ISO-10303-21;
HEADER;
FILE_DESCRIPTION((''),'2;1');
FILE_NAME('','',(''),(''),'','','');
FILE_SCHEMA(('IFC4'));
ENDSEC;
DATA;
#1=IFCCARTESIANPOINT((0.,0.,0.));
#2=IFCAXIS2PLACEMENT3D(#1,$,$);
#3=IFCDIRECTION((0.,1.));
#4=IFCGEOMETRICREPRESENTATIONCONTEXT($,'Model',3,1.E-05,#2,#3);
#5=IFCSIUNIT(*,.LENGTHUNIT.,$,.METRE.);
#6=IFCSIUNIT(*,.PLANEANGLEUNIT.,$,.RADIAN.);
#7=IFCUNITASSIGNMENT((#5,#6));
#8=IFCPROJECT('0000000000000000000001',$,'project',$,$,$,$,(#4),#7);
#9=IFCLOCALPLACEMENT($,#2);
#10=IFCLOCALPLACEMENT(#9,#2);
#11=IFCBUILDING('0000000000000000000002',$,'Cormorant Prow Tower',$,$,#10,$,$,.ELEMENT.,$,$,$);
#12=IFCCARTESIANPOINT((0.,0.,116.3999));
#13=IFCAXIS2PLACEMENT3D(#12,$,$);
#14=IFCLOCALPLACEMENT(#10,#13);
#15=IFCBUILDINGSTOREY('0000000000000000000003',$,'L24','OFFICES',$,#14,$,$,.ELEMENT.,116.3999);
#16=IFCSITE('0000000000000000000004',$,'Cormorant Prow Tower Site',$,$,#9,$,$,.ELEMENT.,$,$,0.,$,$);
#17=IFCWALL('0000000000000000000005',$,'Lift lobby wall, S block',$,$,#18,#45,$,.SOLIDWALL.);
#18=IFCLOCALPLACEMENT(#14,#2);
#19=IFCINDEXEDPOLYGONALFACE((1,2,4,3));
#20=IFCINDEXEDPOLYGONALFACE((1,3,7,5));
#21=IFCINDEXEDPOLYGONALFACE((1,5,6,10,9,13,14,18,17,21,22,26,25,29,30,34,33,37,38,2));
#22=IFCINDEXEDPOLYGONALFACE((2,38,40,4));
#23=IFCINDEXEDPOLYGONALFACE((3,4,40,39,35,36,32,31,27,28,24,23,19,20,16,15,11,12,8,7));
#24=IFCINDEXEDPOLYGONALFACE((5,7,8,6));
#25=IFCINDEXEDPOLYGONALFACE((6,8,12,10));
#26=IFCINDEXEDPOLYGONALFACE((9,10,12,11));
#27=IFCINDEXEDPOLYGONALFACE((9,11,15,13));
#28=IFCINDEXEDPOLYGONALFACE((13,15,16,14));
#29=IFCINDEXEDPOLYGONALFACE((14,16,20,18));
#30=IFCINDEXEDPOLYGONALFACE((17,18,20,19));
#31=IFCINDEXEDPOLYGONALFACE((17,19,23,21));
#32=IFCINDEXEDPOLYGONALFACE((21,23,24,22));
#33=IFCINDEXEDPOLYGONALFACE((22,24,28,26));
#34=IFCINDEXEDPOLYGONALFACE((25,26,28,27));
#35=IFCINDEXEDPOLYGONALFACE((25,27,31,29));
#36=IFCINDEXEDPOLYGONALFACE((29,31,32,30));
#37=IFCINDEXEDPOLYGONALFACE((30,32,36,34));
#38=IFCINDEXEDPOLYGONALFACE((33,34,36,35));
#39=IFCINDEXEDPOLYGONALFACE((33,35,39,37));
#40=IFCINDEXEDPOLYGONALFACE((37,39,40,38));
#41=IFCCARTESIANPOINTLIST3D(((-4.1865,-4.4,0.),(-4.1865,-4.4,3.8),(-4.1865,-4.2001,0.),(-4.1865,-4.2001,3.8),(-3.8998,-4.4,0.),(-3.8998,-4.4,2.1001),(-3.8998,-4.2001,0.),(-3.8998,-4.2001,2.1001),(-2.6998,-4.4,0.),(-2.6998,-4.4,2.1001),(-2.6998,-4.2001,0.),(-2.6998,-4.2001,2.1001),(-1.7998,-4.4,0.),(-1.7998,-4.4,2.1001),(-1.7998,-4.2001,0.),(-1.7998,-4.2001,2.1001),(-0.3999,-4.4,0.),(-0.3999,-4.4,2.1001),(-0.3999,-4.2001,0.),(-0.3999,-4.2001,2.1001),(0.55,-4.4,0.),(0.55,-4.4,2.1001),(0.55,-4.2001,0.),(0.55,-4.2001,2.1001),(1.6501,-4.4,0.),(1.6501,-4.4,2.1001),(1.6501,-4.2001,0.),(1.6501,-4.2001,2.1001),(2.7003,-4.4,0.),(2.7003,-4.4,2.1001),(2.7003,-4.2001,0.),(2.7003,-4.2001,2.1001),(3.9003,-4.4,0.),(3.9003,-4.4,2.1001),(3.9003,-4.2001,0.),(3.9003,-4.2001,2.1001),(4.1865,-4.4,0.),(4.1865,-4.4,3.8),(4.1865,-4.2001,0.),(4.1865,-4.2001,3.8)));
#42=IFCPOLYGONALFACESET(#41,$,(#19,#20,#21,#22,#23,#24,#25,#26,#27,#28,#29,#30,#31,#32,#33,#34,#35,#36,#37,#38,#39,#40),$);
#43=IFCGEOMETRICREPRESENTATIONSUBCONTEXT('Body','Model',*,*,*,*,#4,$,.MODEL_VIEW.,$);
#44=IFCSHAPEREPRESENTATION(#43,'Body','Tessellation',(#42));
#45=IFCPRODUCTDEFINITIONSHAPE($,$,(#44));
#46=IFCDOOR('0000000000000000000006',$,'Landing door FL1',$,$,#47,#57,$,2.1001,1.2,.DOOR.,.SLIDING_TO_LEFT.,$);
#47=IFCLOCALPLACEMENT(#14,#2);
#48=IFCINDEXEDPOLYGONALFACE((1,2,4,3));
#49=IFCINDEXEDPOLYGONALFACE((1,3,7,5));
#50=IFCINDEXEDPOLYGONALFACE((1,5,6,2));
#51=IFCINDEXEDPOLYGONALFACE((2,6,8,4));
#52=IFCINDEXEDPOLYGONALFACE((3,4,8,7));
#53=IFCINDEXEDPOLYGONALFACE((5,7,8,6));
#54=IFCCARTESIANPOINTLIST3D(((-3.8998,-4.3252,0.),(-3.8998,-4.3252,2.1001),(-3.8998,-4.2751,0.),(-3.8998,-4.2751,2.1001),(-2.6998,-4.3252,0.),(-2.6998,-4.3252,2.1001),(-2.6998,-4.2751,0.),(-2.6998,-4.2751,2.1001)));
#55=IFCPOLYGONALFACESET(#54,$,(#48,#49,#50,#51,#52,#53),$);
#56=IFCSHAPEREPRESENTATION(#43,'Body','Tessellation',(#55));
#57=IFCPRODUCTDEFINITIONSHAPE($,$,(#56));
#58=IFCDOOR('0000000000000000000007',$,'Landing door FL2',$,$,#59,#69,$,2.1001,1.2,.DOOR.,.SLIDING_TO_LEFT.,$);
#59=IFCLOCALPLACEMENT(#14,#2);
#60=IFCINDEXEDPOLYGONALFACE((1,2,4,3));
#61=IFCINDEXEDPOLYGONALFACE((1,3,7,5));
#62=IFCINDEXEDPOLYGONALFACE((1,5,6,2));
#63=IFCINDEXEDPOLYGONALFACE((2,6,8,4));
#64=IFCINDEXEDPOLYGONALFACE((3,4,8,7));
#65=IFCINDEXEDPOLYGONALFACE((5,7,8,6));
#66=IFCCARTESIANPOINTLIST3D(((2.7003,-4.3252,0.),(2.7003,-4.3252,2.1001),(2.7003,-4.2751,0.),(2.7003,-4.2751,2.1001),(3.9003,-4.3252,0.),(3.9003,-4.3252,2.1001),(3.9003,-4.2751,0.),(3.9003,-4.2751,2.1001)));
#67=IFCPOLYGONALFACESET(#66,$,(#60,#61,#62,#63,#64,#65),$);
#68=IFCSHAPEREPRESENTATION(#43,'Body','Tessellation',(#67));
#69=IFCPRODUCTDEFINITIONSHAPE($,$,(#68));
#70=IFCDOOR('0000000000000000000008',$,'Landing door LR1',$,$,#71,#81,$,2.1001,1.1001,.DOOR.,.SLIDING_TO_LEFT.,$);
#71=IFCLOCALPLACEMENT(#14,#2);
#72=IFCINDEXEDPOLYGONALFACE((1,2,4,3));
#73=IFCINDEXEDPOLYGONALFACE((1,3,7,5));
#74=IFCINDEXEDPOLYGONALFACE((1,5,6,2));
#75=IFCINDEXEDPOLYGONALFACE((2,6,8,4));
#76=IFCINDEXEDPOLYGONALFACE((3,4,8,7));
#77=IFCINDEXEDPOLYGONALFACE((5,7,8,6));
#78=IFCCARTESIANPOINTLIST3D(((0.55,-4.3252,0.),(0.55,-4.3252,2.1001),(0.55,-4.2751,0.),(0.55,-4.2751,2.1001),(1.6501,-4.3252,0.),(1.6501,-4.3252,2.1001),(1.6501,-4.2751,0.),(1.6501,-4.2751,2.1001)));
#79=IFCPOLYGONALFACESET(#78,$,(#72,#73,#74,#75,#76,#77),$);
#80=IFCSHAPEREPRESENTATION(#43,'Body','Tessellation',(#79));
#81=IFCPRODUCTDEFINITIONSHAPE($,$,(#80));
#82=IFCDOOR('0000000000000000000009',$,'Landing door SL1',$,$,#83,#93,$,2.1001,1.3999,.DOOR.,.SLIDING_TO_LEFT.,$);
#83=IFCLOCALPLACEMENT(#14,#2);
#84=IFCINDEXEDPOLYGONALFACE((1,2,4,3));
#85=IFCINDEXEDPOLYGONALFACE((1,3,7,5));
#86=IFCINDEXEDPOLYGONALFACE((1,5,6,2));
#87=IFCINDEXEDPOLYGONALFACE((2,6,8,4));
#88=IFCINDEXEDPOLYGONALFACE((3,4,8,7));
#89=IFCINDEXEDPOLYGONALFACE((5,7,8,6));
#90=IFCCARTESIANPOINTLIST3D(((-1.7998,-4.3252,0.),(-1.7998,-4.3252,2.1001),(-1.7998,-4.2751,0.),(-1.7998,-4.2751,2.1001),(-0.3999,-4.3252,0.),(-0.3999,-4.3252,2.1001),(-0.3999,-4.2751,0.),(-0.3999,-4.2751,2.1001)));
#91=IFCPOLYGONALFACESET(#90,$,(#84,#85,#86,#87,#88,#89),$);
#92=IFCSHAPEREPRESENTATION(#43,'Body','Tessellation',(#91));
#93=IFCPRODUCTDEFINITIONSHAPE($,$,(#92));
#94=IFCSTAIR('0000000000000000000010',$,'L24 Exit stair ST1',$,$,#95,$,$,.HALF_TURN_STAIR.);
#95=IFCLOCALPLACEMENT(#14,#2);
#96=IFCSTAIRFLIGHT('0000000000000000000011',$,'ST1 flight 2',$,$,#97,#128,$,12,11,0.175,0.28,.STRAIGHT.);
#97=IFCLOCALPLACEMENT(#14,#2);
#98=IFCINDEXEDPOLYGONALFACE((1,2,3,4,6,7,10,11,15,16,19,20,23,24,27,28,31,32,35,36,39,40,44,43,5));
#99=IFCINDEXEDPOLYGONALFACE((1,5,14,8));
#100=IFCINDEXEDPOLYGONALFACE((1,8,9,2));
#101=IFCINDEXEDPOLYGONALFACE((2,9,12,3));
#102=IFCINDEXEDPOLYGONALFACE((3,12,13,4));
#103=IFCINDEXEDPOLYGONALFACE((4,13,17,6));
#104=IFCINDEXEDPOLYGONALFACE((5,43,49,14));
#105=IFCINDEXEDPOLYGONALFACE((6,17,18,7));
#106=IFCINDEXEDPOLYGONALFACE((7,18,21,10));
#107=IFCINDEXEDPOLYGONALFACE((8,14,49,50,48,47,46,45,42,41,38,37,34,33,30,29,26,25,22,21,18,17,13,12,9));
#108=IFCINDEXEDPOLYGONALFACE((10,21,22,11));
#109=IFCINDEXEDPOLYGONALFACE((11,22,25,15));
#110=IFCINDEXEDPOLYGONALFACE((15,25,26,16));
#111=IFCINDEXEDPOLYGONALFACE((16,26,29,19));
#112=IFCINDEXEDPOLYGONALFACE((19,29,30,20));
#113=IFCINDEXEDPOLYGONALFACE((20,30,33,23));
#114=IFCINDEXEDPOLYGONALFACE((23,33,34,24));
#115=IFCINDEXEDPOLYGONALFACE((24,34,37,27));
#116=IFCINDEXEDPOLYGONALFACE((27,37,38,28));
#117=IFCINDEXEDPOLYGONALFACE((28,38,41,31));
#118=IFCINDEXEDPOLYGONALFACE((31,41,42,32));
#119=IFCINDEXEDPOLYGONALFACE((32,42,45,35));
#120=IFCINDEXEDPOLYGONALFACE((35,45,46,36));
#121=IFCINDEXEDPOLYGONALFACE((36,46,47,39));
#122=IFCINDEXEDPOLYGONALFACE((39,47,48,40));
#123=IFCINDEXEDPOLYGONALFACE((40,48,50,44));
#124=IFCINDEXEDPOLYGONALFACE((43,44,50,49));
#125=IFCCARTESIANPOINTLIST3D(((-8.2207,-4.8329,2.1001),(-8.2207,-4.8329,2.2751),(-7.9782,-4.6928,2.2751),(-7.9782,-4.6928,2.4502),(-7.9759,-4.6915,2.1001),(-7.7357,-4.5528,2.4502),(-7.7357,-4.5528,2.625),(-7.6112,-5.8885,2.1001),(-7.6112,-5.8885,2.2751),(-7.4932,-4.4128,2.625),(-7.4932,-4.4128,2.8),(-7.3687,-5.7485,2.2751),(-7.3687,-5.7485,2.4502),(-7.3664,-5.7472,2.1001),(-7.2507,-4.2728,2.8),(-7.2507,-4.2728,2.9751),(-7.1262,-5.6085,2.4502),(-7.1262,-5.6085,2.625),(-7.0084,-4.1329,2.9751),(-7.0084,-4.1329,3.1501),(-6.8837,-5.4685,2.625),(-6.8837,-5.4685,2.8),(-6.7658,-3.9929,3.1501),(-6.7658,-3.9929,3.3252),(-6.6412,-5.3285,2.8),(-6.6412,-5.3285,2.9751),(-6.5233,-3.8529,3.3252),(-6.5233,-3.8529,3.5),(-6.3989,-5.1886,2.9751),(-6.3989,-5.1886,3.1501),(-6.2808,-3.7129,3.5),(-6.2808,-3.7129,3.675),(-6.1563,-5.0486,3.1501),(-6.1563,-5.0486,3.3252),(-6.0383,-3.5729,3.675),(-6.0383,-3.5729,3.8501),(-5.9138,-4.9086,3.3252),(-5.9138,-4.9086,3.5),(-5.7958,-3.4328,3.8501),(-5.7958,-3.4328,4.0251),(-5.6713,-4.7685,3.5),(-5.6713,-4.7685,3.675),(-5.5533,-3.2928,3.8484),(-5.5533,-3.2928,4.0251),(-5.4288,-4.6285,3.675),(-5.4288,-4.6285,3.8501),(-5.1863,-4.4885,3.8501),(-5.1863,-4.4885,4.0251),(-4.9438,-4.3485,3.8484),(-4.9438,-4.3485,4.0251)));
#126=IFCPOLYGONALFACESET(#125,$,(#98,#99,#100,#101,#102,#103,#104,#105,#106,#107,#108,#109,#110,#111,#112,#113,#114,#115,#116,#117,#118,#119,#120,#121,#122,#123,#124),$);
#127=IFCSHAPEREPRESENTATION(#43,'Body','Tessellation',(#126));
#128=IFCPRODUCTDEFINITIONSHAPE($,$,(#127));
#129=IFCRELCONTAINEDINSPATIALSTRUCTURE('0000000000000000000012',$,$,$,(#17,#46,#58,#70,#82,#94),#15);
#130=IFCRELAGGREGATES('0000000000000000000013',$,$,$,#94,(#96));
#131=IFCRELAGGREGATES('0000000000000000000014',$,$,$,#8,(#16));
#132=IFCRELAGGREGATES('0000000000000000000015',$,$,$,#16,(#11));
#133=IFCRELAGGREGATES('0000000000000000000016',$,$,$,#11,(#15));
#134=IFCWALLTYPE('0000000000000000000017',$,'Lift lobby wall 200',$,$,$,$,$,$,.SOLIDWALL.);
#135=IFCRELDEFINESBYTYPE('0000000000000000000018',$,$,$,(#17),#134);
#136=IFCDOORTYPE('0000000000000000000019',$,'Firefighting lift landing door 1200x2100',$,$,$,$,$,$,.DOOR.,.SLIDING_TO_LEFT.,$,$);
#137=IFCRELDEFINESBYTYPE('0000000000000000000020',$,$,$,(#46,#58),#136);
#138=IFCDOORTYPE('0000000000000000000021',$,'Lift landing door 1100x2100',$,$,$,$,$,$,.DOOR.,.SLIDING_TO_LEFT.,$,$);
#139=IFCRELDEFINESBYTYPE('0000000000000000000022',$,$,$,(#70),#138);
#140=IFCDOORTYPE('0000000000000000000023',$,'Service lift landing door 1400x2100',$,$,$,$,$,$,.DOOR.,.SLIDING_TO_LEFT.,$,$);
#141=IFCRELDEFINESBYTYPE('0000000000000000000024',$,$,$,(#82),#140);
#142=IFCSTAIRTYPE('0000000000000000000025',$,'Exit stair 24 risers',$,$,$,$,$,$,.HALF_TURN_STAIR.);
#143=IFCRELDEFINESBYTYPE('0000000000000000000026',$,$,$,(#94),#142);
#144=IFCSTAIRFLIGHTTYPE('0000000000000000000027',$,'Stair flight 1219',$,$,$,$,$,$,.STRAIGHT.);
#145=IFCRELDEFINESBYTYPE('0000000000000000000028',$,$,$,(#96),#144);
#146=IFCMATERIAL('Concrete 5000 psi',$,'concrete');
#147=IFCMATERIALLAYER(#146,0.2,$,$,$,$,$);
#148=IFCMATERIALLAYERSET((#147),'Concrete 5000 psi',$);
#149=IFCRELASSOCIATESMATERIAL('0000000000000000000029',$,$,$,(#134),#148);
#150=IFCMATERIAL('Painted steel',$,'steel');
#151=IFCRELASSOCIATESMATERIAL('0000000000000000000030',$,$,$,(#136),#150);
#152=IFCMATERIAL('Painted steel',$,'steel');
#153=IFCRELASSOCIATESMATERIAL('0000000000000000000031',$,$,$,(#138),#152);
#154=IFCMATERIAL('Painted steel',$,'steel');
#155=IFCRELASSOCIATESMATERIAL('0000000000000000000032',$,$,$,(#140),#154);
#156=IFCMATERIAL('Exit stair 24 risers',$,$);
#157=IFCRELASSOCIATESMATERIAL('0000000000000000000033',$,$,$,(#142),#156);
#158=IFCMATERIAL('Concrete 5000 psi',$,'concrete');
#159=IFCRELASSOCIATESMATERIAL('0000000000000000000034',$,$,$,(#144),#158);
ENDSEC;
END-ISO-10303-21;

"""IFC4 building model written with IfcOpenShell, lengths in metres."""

from ifc_helpers import new_model, si_unit, direction, frame, frame_2d, origin, place, context, subcontext, project, spatial, polyline, rectangle, outline, extrude, material, layer, layer_set, type_object, element, fill, aggregate, save


model = new_model("IFC4")

# Units and contexts
model_context = context("Model", 3, precision=1e-05, world=origin(), true_north=direction((0.0, 1.0)))
body_context = subcontext(model_context, "Body", "Model", "MODEL_VIEW")
ifc_project = project(units=[si_unit("LENGTHUNIT", "METRE"), si_unit("PLANEANGLEUNIT", "RADIAN")], contexts=[model_context])

# Site, building, storey
site_placement = place(None, origin())
site = spatial("IfcSite", under=ifc_project, at=site_placement, Name="Cormorant Prow Tower Site", CompositionType="ELEMENT", RefElevation=0.0)
building_placement = place(site_placement, origin())
building = spatial("IfcBuilding", under=site, at=building_placement, Name="Cormorant Prow Tower", CompositionType="ELEMENT")
storey_placement = place(building_placement, frame((0.0, 0.0, 116.3999)))
storey = spatial("IfcBuildingStorey", under=building, at=storey_placement, Name="L24", Description="OFFICES", CompositionType="ELEMENT", Elevation=116.3999)

# Wall, openings, doors
ifc_material_1 = material(Name="Concrete 5000 psi", Category="concrete")
ifc_layer_1 = layer(ifc_material_1, 0.2)
ifc_layer_set_1 = layer_set([ifc_layer_1], Name="Concrete 5000 psi")
wall_type_1 = type_object("IfcWallType", Name="Lift lobby wall 200", PredefinedType="SOLIDWALL", material=ifc_layer_set_1)
wall_1_placement = place(storey_placement, frame((-4.1865, -4.3, 0.0), z_axis=(0.0, 0.0, 1.0), x_axis=(1.0, 0.0, 0.0)))
wall_1 = element("IfcWall", 1, at=wall_1_placement, inside=storey, type_object=wall_type_1, Name="Lift lobby wall, S block", PredefinedType="SOLIDWALL", context=body_context, shape_type="SweptSolid", body=[
    extrude(rectangle(XDim=8.373, YDim=0.2, at=frame_2d((4.1865, 0.0))), origin(), (0.0, 0.0, 1.0), 3.8),
])
opening_1_placement = place(wall_1_placement, frame((0.2866, 0.0, 0.0)))
opening_1 = element("IfcOpeningElement", 2, at=opening_1_placement, cuts=wall_1, PredefinedType="OPENING", context=body_context, shape_type="SweptSolid", body=[
    extrude(rectangle(XDim=1.2, YDim=2.1001, at=frame_2d((0.6001, 1.05))), frame((0.0, 0.1099, 0.0), z_axis=(0.0, -1.0, 0.0), x_axis=(1.0, 0.0, 0.0)), (0.0, 0.0, 1.0), 0.22),
])
opening_2_placement = place(wall_1_placement, frame((2.3867, 0.0, 0.0)))
opening_2 = element("IfcOpeningElement", 3, at=opening_2_placement, cuts=wall_1, PredefinedType="OPENING", context=body_context, shape_type="SweptSolid", body=[
    extrude(rectangle(XDim=1.3999, YDim=2.1001, at=frame_2d((0.7, 1.05))), frame((0.0, 0.1099, 0.0), z_axis=(0.0, -1.0, 0.0), x_axis=(1.0, 0.0, 0.0)), (0.0, 0.0, 1.0), 0.22),
])
opening_3_placement = place(wall_1_placement, frame((4.7366, 0.0, 0.0)))
opening_3 = element("IfcOpeningElement", 4, at=opening_3_placement, cuts=wall_1, PredefinedType="OPENING", context=body_context, shape_type="SweptSolid", body=[
    extrude(rectangle(XDim=1.1001, YDim=2.1001, at=frame_2d((0.55, 1.05))), frame((0.0, 0.1099, 0.0), z_axis=(0.0, -1.0, 0.0), x_axis=(1.0, 0.0, 0.0)), (0.0, 0.0, 1.0), 0.22),
])
opening_4_placement = place(wall_1_placement, frame((6.8867, 0.0, 0.0)))
opening_4 = element("IfcOpeningElement", 5, at=opening_4_placement, cuts=wall_1, PredefinedType="OPENING", context=body_context, shape_type="SweptSolid", body=[
    extrude(rectangle(XDim=1.2, YDim=2.1001, at=frame_2d((0.6001, 1.05))), frame((0.0, 0.1099, 0.0), z_axis=(0.0, -1.0, 0.0), x_axis=(1.0, 0.0, 0.0)), (0.0, 0.0, 1.0), 0.22),
])
ifc_material_2 = material(Name="Painted steel", Category="steel")
door_type_1 = type_object("IfcDoorType", Name="Firefighting lift landing door 1200x2100", OperationType="SLIDING_TO_LEFT", PredefinedType="DOOR", material=ifc_material_2)
door_1_placement = place(opening_1_placement, origin())
door_1 = element("IfcDoor", 6, at=door_1_placement, inside=storey, type_object=door_type_1, Name="Landing door FL1", OperationType="SLIDING_TO_LEFT", OverallHeight=2.1001, OverallWidth=1.2, PredefinedType="DOOR", context=body_context, shape_type="SweptSolid", body=[
    extrude(rectangle(XDim=1.2, YDim=2.1001, at=frame_2d((0.6001, 1.05))), frame((0.0, 0.0249, 0.0), z_axis=(0.0, -1.0, 0.0), x_axis=(1.0, 0.0, 0.0)), (0.0, 0.0, 1.0), 0.05),
])
fill(opening_1, door_1)
door_2_placement = place(opening_4_placement, origin())
door_2 = element("IfcDoor", 7, at=door_2_placement, inside=storey, type_object=door_type_1, Name="Landing door FL2", OperationType="SLIDING_TO_LEFT", OverallHeight=2.1001, OverallWidth=1.2, PredefinedType="DOOR", context=body_context, shape_type="SweptSolid", body=[
    extrude(rectangle(XDim=1.2, YDim=2.1001, at=frame_2d((0.6001, 1.05))), frame((0.0, 0.0249, 0.0), z_axis=(0.0, -1.0, 0.0), x_axis=(1.0, 0.0, 0.0)), (0.0, 0.0, 1.0), 0.05),
])
fill(opening_4, door_2)
ifc_material_3 = material(Name="Painted steel", Category="steel")
door_type_2 = type_object("IfcDoorType", Name="Lift landing door 1100x2100", OperationType="SLIDING_TO_LEFT", PredefinedType="DOOR", material=ifc_material_3)
door_3_placement = place(opening_3_placement, origin())
door_3 = element("IfcDoor", 8, at=door_3_placement, inside=storey, type_object=door_type_2, Name="Landing door LR1", OperationType="SLIDING_TO_LEFT", OverallHeight=2.1001, OverallWidth=1.1001, PredefinedType="DOOR", context=body_context, shape_type="SweptSolid", body=[
    extrude(rectangle(XDim=1.1001, YDim=2.1001, at=frame_2d((0.55, 1.05))), frame((0.0, 0.0249, 0.0), z_axis=(0.0, -1.0, 0.0), x_axis=(1.0, 0.0, 0.0)), (0.0, 0.0, 1.0), 0.05),
])
fill(opening_3, door_3)
ifc_material_4 = material(Name="Painted steel", Category="steel")
door_type_3 = type_object("IfcDoorType", Name="Service lift landing door 1400x2100", OperationType="SLIDING_TO_LEFT", PredefinedType="DOOR", material=ifc_material_4)
door_4_placement = place(opening_2_placement, origin())
door_4 = element("IfcDoor", 9, at=door_4_placement, inside=storey, type_object=door_type_3, Name="Landing door SL1", OperationType="SLIDING_TO_LEFT", OverallHeight=2.1001, OverallWidth=1.3999, PredefinedType="DOOR", context=body_context, shape_type="SweptSolid", body=[
    extrude(rectangle(XDim=1.3999, YDim=2.1001, at=frame_2d((0.7, 1.05))), frame((0.0, 0.0249, 0.0), z_axis=(0.0, -1.0, 0.0), x_axis=(1.0, 0.0, 0.0)), (0.0, 0.0, 1.0), 0.05),
])
fill(opening_2, door_4)

# Stair, stair flight
ifc_material_5 = material(Name="Exit stair 24 risers")
stair_type = type_object("IfcStairType", Name="Exit stair 24 risers", PredefinedType="HALF_TURN_STAIR", material=ifc_material_5)
stair_placement = place(storey_placement, origin())
stair = element("IfcStair", 10, at=stair_placement, inside=storey, type_object=stair_type, Name="L24 Exit stair ST1", PredefinedType="HALF_TURN_STAIR")
ifc_material_6 = material(Name="Concrete 5000 psi", Category="concrete")
stair_flight_type = type_object("IfcStairFlightType", Name="Stair flight 1219", PredefinedType="STRAIGHT", material=ifc_material_6)
stair_flight_placement = place(storey_placement, frame((-7.916, -5.3606, 2.1001), z_axis=(0.0, 0.0, 1.0), x_axis=(0.866025, 0.5, 0.0)))
stair_flight = element("IfcStairFlight", 11, at=stair_flight_placement, type_object=stair_flight_type, Name="ST1 flight 2", NumberOfRisers=12, NumberOfTreads=11, PredefinedType="STRAIGHT", RiserHeight=0.175, TreadLength=0.28, context=body_context, shape_type="SweptSolid", body=[
    extrude(outline(polyline([(0.0, 0.0), (0.0, 0.175), (0.28, 0.175), (0.28, 0.3501), (0.5601, 0.3501), (0.5601, 0.5249), (0.8401, 0.5249), (0.8401, 0.7), (1.1201, 0.7), (1.1201, 0.875), (1.3999, 0.875), (1.3999, 1.05), (1.6799, 1.05), (1.6799, 1.2251), (1.96, 1.2251), (1.96, 1.3999), (2.24, 1.3999), (2.24, 1.575), (2.52, 1.575), (2.52, 1.75), (2.8, 1.75), (2.8, 1.925), (3.0801, 1.925), (3.0801, 2.1001), (3.0801, 1.7483), (0.2827, 0.0), (0.0, 0.0)])), frame((0.0, 0.6094, 0.0), z_axis=(0.0, -1.0, 0.0), x_axis=(1.0, 0.0, 0.0)), (0.0, 0.0, 1.0), 1.219),
])
aggregate(stair, [stair_flight])

save(model, "model.ifc")
